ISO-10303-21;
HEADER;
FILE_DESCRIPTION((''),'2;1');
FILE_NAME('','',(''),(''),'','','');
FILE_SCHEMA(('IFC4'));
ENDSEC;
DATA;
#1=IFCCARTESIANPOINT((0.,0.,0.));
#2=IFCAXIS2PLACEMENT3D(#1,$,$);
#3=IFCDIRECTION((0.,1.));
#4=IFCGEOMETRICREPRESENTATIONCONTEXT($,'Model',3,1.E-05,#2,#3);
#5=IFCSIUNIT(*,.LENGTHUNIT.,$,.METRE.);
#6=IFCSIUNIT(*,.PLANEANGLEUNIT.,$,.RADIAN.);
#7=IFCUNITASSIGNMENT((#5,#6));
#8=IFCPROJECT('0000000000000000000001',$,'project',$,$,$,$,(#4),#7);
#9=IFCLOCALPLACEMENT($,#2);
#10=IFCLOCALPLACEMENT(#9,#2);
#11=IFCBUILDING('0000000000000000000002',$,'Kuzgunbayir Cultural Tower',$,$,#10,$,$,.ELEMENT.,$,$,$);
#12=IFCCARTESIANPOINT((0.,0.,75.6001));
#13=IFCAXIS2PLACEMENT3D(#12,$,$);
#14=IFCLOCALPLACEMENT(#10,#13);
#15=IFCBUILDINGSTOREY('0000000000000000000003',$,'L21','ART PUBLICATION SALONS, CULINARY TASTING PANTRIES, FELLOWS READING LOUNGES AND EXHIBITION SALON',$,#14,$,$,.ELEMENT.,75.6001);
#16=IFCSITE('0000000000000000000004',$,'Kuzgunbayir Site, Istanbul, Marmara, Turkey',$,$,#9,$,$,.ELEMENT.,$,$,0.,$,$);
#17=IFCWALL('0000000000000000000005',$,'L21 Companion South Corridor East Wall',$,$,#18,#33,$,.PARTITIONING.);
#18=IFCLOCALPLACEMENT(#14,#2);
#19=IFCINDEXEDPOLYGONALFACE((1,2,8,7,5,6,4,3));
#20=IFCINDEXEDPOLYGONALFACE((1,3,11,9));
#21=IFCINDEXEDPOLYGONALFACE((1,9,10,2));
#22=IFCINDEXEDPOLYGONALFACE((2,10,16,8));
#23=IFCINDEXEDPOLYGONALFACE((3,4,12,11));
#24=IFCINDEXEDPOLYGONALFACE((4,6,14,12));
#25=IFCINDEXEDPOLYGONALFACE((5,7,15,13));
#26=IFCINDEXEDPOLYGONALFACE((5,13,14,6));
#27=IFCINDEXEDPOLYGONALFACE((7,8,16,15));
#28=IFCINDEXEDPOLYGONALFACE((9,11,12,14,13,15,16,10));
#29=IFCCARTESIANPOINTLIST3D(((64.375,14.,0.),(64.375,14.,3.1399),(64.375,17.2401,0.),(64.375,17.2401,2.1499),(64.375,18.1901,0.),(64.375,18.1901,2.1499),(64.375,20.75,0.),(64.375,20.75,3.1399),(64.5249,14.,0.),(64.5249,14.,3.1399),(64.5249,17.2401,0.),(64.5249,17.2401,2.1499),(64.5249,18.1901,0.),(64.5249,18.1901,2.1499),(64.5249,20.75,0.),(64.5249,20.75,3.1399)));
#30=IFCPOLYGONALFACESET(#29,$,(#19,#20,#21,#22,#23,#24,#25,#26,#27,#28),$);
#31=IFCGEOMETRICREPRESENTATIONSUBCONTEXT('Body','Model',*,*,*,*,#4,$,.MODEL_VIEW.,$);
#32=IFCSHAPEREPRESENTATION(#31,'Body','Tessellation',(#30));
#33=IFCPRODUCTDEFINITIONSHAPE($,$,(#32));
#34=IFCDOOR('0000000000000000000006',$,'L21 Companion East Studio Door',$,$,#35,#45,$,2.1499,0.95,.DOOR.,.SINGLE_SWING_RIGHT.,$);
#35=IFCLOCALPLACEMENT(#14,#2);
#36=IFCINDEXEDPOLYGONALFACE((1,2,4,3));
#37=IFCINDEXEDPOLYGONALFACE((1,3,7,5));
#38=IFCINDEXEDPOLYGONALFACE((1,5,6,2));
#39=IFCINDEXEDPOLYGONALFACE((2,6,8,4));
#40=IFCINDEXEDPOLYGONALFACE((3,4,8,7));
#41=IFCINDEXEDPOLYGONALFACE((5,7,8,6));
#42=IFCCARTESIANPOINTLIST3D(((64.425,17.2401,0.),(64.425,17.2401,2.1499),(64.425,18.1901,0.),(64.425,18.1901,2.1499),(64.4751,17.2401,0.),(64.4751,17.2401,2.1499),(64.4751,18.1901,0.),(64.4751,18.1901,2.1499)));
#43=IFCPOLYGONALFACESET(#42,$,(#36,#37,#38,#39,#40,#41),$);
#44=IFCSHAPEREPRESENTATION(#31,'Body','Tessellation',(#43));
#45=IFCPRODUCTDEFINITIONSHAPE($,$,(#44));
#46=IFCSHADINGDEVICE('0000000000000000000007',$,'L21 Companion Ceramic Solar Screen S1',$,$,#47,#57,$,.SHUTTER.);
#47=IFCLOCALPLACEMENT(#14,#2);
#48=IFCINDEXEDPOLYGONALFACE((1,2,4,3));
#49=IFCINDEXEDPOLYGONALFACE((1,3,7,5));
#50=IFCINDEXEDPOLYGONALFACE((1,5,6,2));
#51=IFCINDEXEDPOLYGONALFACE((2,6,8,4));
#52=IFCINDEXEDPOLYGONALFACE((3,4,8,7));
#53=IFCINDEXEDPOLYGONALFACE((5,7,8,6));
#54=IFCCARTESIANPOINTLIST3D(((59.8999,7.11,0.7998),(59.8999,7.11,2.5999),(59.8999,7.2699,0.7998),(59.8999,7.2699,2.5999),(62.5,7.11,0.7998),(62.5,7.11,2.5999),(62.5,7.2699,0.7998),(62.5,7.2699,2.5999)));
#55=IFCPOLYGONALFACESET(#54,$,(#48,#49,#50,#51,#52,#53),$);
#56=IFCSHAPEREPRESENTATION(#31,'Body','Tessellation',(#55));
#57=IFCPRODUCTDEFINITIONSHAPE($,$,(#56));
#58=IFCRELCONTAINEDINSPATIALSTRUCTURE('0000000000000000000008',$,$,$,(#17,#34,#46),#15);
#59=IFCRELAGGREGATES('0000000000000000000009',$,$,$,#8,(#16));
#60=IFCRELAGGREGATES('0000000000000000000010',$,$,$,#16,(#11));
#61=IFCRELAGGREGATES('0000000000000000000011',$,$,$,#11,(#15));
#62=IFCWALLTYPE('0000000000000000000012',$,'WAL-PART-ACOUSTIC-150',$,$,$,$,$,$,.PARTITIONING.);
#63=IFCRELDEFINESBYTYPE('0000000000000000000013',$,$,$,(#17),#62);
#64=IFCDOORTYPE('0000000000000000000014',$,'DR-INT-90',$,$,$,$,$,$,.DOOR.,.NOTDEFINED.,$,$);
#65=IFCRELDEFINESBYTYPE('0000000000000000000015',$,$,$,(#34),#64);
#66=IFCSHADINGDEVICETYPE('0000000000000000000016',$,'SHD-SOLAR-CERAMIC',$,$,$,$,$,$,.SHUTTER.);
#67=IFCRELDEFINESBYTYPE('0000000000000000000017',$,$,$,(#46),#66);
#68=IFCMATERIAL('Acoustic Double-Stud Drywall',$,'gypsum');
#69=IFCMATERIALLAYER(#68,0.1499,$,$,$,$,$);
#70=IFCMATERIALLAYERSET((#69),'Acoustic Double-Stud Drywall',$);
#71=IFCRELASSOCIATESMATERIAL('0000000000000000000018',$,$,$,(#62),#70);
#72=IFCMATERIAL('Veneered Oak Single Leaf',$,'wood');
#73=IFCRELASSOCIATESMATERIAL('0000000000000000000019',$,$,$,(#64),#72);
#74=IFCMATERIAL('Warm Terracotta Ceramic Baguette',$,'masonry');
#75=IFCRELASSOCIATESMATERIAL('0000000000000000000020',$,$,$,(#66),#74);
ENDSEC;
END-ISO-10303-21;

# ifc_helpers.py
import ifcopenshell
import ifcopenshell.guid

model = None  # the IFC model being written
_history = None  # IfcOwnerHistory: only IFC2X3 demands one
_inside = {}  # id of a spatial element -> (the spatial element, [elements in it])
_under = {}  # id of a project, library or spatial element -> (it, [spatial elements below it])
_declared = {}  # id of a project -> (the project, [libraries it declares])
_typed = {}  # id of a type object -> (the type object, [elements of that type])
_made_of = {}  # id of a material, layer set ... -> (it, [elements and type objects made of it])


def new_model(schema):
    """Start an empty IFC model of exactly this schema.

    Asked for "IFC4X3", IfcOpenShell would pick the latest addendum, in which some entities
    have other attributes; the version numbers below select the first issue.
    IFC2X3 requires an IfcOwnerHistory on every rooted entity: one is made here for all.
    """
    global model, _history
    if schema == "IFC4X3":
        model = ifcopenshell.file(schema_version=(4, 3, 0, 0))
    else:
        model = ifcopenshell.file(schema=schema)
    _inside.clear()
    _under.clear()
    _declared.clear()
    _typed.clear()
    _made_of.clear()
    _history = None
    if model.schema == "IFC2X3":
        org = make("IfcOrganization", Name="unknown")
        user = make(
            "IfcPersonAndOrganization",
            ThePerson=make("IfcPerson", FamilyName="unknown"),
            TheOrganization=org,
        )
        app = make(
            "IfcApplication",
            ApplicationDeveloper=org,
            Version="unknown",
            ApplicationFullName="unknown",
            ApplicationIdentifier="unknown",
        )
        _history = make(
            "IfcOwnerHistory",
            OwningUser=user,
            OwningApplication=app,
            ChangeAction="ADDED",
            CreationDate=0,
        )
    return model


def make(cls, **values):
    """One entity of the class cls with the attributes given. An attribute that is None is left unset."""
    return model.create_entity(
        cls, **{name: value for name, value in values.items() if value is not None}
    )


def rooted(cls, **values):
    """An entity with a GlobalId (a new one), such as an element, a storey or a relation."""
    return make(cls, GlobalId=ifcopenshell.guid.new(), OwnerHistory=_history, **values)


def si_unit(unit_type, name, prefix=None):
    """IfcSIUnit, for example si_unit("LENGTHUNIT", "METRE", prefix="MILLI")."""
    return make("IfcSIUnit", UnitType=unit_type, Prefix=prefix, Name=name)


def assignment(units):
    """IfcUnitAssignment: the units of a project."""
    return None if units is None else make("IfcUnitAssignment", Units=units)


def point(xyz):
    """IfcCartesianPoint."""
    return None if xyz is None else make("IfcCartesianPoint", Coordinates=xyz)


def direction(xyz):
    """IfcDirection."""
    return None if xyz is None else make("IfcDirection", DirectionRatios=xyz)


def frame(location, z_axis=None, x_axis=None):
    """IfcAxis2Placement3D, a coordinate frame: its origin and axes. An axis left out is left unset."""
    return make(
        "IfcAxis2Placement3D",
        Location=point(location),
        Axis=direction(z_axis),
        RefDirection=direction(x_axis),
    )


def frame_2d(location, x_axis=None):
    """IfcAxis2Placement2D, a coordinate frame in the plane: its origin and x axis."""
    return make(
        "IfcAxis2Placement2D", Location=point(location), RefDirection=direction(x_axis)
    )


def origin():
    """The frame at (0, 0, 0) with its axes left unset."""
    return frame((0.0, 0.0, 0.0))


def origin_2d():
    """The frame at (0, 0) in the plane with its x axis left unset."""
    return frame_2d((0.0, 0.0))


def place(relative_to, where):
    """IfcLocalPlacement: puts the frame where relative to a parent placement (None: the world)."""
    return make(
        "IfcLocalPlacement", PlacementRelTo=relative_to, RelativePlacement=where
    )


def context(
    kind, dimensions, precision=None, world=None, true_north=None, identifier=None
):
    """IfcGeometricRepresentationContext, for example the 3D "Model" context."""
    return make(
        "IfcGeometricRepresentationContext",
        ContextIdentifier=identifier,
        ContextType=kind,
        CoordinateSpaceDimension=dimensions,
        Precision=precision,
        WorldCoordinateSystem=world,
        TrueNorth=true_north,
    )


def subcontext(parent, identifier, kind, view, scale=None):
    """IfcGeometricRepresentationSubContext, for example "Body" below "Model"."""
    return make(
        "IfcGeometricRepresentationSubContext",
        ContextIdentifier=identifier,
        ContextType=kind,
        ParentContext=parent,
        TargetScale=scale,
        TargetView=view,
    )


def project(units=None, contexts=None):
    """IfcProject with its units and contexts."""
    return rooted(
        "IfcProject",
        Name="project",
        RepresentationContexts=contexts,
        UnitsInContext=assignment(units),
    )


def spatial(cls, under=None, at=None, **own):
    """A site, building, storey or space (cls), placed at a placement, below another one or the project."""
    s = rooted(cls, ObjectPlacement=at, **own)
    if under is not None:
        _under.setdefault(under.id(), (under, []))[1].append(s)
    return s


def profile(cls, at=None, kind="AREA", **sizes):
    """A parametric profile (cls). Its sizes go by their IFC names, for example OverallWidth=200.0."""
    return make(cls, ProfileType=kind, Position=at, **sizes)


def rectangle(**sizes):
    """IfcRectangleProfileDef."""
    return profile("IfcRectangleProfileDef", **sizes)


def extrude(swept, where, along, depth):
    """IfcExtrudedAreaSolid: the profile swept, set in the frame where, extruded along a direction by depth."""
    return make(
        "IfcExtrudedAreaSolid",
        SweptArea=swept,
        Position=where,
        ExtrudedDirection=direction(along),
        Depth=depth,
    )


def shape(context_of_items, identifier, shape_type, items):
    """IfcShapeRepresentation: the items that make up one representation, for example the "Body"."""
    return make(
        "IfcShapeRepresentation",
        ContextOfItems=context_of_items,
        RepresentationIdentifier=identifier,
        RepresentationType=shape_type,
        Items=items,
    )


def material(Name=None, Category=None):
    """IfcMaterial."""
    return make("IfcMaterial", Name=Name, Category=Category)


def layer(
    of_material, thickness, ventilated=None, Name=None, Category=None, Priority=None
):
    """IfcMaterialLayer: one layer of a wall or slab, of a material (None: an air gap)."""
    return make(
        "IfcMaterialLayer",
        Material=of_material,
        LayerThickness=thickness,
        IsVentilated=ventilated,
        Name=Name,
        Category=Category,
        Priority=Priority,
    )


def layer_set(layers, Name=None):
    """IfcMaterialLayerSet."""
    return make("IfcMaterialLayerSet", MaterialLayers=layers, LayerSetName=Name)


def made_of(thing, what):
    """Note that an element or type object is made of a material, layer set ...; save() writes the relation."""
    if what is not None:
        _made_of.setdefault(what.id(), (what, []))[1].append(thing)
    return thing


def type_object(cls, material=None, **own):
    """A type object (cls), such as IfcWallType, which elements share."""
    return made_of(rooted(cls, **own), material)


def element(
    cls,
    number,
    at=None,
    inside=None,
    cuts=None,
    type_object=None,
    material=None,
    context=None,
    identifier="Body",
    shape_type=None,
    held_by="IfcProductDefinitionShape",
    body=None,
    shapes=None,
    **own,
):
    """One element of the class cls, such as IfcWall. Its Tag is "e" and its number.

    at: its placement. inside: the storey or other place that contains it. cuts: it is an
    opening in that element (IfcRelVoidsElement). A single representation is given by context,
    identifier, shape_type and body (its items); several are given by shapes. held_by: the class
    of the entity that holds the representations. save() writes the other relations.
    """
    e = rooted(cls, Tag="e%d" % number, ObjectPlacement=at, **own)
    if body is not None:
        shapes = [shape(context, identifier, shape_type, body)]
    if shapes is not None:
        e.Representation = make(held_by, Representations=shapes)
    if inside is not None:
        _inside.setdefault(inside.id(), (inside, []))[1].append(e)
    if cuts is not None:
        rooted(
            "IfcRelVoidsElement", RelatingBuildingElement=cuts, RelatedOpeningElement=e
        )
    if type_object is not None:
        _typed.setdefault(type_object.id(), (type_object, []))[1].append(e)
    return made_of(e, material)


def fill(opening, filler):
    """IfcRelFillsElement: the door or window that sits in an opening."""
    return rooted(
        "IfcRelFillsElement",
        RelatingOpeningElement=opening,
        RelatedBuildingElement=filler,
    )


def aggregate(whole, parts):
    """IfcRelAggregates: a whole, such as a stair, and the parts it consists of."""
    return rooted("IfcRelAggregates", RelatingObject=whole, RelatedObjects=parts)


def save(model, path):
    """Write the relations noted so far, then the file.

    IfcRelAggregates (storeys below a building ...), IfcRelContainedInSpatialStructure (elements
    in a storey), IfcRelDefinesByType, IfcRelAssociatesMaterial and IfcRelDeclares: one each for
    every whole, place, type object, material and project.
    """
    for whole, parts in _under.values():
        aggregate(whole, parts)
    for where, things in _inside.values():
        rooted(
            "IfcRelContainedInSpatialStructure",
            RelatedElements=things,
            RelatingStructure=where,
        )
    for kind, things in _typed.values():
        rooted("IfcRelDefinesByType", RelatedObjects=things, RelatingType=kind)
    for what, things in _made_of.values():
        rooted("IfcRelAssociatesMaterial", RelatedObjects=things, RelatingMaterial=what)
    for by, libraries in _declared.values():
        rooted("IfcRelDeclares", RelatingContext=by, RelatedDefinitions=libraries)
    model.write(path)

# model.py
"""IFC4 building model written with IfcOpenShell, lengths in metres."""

from ifc_helpers import new_model, si_unit, direction, frame, frame_2d, origin, origin_2d, place, context, subcontext, project, spatial, rectangle, extrude, material, layer, layer_set, type_object, element, fill, save


model = new_model("IFC4")

# Units and contexts
model_context = context("Model", 3, precision=1e-05, world=origin(), true_north=direction((0.0, 1.0)))
body_context = subcontext(model_context, "Body", "Model", "MODEL_VIEW")
ifc_project = project(units=[si_unit("LENGTHUNIT", "METRE"), si_unit("PLANEANGLEUNIT", "RADIAN")], contexts=[model_context])

# Site, building, storey
site_placement = place(None, origin())
site = spatial("IfcSite", under=ifc_project, at=site_placement, Name="Kuzgunbayir Site, Istanbul, Marmara, Turkey", CompositionType="ELEMENT", RefElevation=0.0)
building_placement = place(site_placement, origin())
building = spatial("IfcBuilding", under=site, at=building_placement, Name="Kuzgunbayir Cultural Tower", CompositionType="ELEMENT")
storey_placement = place(building_placement, frame((0.0, 0.0, 75.6001)))
storey = spatial("IfcBuildingStorey", under=building, at=storey_placement, Name="L21", Description="ART PUBLICATION SALONS, CULINARY TASTING PANTRIES, FELLOWS READING LOUNGES AND EXHIBITION SALON", CompositionType="ELEMENT", Elevation=75.6001)

# Shared definitions
ifc_material_1 = material(Name="Acoustic Double-Stud Drywall", Category="gypsum")
ifc_layer_1 = layer(ifc_material_1, 0.1499)
ifc_layer_set_1 = layer_set([ifc_layer_1], Name="Acoustic Double-Stud Drywall")
wall_type_1 = type_object("IfcWallType", Name="WAL-PART-ACOUSTIC-150", PredefinedType="PARTITIONING", material=ifc_layer_set_1)
ifc_material_2 = material(Name="Veneered Oak Single Leaf", Category="wood")
door_type_1 = type_object("IfcDoorType", Name="DR-INT-90", OperationType="NOTDEFINED", PredefinedType="DOOR", material=ifc_material_2)

# Wall, opening, door
wall_1_placement = place(storey_placement, frame((64.45, 14.0, 0.0), z_axis=(0.0, 0.0, 1.0), x_axis=(0.0, 1.0, 0.0)))
wall_1 = element("IfcWall", 1, at=wall_1_placement, inside=storey, type_object=wall_type_1, Name="L21 Companion South Corridor East Wall", PredefinedType="PARTITIONING", context=body_context, shape_type="SweptSolid", body=[
    extrude(rectangle(XDim=6.75, YDim=0.1499, at=frame_2d((3.375, 0.0))), origin(), (0.0, 0.0, 1.0), 3.1399),
])
opening_1_placement = place(wall_1_placement, frame((3.24, 0.0, 0.0)))
opening_1 = element("IfcOpeningElement", 2, at=opening_1_placement, cuts=wall_1, PredefinedType="OPENING", context=body_context, shape_type="SweptSolid", body=[
    extrude(rectangle(XDim=0.95, YDim=2.1499, at=frame_2d((0.4751, 1.075))), frame((0.0, 0.085, 0.0), z_axis=(0.0, -1.0, 0.0), x_axis=(1.0, 0.0, 0.0)), (0.0, 0.0, 1.0), 0.1699),
])
door_1_placement = place(opening_1_placement, origin())
door_1 = element("IfcDoor", 3, at=door_1_placement, inside=storey, type_object=door_type_1, Name="L21 Companion East Studio Door", OperationType="SINGLE_SWING_RIGHT", OverallHeight=2.1499, OverallWidth=0.95, PredefinedType="DOOR", context=body_context, shape_type="SweptSolid", body=[
    extrude(rectangle(XDim=0.95, YDim=2.1499, at=frame_2d((0.4751, 1.075))), frame((0.0, 0.0249, 0.0), z_axis=(0.0, -1.0, 0.0), x_axis=(1.0, 0.0, 0.0)), (0.0, 0.0, 1.0), 0.05),
])
fill(opening_1, door_1)

# Shading device
ifc_material_3 = material(Name="Warm Terracotta Ceramic Baguette", Category="masonry")
shading_device_type = type_object("IfcShadingDeviceType", Name="SHD-SOLAR-CERAMIC", PredefinedType="SHUTTER", material=ifc_material_3)
shading_device_placement = place(storey_placement, frame((61.2, 7.1899, 0.7998), z_axis=(0.0, 0.0, 1.0), x_axis=(1.0, 0.0, 0.0)))
element("IfcShadingDevice", 4, at=shading_device_placement, inside=storey, type_object=shading_device_type, Name="L21 Companion Ceramic Solar Screen S1", PredefinedType="SHUTTER", context=body_context, shape_type="SweptSolid", body=[
    extrude(rectangle(XDim=2.6001, YDim=0.1599, at=origin_2d()), origin(), (0.0, 0.0, 1.0), 1.8),
])

save(model, "model.ifc")
